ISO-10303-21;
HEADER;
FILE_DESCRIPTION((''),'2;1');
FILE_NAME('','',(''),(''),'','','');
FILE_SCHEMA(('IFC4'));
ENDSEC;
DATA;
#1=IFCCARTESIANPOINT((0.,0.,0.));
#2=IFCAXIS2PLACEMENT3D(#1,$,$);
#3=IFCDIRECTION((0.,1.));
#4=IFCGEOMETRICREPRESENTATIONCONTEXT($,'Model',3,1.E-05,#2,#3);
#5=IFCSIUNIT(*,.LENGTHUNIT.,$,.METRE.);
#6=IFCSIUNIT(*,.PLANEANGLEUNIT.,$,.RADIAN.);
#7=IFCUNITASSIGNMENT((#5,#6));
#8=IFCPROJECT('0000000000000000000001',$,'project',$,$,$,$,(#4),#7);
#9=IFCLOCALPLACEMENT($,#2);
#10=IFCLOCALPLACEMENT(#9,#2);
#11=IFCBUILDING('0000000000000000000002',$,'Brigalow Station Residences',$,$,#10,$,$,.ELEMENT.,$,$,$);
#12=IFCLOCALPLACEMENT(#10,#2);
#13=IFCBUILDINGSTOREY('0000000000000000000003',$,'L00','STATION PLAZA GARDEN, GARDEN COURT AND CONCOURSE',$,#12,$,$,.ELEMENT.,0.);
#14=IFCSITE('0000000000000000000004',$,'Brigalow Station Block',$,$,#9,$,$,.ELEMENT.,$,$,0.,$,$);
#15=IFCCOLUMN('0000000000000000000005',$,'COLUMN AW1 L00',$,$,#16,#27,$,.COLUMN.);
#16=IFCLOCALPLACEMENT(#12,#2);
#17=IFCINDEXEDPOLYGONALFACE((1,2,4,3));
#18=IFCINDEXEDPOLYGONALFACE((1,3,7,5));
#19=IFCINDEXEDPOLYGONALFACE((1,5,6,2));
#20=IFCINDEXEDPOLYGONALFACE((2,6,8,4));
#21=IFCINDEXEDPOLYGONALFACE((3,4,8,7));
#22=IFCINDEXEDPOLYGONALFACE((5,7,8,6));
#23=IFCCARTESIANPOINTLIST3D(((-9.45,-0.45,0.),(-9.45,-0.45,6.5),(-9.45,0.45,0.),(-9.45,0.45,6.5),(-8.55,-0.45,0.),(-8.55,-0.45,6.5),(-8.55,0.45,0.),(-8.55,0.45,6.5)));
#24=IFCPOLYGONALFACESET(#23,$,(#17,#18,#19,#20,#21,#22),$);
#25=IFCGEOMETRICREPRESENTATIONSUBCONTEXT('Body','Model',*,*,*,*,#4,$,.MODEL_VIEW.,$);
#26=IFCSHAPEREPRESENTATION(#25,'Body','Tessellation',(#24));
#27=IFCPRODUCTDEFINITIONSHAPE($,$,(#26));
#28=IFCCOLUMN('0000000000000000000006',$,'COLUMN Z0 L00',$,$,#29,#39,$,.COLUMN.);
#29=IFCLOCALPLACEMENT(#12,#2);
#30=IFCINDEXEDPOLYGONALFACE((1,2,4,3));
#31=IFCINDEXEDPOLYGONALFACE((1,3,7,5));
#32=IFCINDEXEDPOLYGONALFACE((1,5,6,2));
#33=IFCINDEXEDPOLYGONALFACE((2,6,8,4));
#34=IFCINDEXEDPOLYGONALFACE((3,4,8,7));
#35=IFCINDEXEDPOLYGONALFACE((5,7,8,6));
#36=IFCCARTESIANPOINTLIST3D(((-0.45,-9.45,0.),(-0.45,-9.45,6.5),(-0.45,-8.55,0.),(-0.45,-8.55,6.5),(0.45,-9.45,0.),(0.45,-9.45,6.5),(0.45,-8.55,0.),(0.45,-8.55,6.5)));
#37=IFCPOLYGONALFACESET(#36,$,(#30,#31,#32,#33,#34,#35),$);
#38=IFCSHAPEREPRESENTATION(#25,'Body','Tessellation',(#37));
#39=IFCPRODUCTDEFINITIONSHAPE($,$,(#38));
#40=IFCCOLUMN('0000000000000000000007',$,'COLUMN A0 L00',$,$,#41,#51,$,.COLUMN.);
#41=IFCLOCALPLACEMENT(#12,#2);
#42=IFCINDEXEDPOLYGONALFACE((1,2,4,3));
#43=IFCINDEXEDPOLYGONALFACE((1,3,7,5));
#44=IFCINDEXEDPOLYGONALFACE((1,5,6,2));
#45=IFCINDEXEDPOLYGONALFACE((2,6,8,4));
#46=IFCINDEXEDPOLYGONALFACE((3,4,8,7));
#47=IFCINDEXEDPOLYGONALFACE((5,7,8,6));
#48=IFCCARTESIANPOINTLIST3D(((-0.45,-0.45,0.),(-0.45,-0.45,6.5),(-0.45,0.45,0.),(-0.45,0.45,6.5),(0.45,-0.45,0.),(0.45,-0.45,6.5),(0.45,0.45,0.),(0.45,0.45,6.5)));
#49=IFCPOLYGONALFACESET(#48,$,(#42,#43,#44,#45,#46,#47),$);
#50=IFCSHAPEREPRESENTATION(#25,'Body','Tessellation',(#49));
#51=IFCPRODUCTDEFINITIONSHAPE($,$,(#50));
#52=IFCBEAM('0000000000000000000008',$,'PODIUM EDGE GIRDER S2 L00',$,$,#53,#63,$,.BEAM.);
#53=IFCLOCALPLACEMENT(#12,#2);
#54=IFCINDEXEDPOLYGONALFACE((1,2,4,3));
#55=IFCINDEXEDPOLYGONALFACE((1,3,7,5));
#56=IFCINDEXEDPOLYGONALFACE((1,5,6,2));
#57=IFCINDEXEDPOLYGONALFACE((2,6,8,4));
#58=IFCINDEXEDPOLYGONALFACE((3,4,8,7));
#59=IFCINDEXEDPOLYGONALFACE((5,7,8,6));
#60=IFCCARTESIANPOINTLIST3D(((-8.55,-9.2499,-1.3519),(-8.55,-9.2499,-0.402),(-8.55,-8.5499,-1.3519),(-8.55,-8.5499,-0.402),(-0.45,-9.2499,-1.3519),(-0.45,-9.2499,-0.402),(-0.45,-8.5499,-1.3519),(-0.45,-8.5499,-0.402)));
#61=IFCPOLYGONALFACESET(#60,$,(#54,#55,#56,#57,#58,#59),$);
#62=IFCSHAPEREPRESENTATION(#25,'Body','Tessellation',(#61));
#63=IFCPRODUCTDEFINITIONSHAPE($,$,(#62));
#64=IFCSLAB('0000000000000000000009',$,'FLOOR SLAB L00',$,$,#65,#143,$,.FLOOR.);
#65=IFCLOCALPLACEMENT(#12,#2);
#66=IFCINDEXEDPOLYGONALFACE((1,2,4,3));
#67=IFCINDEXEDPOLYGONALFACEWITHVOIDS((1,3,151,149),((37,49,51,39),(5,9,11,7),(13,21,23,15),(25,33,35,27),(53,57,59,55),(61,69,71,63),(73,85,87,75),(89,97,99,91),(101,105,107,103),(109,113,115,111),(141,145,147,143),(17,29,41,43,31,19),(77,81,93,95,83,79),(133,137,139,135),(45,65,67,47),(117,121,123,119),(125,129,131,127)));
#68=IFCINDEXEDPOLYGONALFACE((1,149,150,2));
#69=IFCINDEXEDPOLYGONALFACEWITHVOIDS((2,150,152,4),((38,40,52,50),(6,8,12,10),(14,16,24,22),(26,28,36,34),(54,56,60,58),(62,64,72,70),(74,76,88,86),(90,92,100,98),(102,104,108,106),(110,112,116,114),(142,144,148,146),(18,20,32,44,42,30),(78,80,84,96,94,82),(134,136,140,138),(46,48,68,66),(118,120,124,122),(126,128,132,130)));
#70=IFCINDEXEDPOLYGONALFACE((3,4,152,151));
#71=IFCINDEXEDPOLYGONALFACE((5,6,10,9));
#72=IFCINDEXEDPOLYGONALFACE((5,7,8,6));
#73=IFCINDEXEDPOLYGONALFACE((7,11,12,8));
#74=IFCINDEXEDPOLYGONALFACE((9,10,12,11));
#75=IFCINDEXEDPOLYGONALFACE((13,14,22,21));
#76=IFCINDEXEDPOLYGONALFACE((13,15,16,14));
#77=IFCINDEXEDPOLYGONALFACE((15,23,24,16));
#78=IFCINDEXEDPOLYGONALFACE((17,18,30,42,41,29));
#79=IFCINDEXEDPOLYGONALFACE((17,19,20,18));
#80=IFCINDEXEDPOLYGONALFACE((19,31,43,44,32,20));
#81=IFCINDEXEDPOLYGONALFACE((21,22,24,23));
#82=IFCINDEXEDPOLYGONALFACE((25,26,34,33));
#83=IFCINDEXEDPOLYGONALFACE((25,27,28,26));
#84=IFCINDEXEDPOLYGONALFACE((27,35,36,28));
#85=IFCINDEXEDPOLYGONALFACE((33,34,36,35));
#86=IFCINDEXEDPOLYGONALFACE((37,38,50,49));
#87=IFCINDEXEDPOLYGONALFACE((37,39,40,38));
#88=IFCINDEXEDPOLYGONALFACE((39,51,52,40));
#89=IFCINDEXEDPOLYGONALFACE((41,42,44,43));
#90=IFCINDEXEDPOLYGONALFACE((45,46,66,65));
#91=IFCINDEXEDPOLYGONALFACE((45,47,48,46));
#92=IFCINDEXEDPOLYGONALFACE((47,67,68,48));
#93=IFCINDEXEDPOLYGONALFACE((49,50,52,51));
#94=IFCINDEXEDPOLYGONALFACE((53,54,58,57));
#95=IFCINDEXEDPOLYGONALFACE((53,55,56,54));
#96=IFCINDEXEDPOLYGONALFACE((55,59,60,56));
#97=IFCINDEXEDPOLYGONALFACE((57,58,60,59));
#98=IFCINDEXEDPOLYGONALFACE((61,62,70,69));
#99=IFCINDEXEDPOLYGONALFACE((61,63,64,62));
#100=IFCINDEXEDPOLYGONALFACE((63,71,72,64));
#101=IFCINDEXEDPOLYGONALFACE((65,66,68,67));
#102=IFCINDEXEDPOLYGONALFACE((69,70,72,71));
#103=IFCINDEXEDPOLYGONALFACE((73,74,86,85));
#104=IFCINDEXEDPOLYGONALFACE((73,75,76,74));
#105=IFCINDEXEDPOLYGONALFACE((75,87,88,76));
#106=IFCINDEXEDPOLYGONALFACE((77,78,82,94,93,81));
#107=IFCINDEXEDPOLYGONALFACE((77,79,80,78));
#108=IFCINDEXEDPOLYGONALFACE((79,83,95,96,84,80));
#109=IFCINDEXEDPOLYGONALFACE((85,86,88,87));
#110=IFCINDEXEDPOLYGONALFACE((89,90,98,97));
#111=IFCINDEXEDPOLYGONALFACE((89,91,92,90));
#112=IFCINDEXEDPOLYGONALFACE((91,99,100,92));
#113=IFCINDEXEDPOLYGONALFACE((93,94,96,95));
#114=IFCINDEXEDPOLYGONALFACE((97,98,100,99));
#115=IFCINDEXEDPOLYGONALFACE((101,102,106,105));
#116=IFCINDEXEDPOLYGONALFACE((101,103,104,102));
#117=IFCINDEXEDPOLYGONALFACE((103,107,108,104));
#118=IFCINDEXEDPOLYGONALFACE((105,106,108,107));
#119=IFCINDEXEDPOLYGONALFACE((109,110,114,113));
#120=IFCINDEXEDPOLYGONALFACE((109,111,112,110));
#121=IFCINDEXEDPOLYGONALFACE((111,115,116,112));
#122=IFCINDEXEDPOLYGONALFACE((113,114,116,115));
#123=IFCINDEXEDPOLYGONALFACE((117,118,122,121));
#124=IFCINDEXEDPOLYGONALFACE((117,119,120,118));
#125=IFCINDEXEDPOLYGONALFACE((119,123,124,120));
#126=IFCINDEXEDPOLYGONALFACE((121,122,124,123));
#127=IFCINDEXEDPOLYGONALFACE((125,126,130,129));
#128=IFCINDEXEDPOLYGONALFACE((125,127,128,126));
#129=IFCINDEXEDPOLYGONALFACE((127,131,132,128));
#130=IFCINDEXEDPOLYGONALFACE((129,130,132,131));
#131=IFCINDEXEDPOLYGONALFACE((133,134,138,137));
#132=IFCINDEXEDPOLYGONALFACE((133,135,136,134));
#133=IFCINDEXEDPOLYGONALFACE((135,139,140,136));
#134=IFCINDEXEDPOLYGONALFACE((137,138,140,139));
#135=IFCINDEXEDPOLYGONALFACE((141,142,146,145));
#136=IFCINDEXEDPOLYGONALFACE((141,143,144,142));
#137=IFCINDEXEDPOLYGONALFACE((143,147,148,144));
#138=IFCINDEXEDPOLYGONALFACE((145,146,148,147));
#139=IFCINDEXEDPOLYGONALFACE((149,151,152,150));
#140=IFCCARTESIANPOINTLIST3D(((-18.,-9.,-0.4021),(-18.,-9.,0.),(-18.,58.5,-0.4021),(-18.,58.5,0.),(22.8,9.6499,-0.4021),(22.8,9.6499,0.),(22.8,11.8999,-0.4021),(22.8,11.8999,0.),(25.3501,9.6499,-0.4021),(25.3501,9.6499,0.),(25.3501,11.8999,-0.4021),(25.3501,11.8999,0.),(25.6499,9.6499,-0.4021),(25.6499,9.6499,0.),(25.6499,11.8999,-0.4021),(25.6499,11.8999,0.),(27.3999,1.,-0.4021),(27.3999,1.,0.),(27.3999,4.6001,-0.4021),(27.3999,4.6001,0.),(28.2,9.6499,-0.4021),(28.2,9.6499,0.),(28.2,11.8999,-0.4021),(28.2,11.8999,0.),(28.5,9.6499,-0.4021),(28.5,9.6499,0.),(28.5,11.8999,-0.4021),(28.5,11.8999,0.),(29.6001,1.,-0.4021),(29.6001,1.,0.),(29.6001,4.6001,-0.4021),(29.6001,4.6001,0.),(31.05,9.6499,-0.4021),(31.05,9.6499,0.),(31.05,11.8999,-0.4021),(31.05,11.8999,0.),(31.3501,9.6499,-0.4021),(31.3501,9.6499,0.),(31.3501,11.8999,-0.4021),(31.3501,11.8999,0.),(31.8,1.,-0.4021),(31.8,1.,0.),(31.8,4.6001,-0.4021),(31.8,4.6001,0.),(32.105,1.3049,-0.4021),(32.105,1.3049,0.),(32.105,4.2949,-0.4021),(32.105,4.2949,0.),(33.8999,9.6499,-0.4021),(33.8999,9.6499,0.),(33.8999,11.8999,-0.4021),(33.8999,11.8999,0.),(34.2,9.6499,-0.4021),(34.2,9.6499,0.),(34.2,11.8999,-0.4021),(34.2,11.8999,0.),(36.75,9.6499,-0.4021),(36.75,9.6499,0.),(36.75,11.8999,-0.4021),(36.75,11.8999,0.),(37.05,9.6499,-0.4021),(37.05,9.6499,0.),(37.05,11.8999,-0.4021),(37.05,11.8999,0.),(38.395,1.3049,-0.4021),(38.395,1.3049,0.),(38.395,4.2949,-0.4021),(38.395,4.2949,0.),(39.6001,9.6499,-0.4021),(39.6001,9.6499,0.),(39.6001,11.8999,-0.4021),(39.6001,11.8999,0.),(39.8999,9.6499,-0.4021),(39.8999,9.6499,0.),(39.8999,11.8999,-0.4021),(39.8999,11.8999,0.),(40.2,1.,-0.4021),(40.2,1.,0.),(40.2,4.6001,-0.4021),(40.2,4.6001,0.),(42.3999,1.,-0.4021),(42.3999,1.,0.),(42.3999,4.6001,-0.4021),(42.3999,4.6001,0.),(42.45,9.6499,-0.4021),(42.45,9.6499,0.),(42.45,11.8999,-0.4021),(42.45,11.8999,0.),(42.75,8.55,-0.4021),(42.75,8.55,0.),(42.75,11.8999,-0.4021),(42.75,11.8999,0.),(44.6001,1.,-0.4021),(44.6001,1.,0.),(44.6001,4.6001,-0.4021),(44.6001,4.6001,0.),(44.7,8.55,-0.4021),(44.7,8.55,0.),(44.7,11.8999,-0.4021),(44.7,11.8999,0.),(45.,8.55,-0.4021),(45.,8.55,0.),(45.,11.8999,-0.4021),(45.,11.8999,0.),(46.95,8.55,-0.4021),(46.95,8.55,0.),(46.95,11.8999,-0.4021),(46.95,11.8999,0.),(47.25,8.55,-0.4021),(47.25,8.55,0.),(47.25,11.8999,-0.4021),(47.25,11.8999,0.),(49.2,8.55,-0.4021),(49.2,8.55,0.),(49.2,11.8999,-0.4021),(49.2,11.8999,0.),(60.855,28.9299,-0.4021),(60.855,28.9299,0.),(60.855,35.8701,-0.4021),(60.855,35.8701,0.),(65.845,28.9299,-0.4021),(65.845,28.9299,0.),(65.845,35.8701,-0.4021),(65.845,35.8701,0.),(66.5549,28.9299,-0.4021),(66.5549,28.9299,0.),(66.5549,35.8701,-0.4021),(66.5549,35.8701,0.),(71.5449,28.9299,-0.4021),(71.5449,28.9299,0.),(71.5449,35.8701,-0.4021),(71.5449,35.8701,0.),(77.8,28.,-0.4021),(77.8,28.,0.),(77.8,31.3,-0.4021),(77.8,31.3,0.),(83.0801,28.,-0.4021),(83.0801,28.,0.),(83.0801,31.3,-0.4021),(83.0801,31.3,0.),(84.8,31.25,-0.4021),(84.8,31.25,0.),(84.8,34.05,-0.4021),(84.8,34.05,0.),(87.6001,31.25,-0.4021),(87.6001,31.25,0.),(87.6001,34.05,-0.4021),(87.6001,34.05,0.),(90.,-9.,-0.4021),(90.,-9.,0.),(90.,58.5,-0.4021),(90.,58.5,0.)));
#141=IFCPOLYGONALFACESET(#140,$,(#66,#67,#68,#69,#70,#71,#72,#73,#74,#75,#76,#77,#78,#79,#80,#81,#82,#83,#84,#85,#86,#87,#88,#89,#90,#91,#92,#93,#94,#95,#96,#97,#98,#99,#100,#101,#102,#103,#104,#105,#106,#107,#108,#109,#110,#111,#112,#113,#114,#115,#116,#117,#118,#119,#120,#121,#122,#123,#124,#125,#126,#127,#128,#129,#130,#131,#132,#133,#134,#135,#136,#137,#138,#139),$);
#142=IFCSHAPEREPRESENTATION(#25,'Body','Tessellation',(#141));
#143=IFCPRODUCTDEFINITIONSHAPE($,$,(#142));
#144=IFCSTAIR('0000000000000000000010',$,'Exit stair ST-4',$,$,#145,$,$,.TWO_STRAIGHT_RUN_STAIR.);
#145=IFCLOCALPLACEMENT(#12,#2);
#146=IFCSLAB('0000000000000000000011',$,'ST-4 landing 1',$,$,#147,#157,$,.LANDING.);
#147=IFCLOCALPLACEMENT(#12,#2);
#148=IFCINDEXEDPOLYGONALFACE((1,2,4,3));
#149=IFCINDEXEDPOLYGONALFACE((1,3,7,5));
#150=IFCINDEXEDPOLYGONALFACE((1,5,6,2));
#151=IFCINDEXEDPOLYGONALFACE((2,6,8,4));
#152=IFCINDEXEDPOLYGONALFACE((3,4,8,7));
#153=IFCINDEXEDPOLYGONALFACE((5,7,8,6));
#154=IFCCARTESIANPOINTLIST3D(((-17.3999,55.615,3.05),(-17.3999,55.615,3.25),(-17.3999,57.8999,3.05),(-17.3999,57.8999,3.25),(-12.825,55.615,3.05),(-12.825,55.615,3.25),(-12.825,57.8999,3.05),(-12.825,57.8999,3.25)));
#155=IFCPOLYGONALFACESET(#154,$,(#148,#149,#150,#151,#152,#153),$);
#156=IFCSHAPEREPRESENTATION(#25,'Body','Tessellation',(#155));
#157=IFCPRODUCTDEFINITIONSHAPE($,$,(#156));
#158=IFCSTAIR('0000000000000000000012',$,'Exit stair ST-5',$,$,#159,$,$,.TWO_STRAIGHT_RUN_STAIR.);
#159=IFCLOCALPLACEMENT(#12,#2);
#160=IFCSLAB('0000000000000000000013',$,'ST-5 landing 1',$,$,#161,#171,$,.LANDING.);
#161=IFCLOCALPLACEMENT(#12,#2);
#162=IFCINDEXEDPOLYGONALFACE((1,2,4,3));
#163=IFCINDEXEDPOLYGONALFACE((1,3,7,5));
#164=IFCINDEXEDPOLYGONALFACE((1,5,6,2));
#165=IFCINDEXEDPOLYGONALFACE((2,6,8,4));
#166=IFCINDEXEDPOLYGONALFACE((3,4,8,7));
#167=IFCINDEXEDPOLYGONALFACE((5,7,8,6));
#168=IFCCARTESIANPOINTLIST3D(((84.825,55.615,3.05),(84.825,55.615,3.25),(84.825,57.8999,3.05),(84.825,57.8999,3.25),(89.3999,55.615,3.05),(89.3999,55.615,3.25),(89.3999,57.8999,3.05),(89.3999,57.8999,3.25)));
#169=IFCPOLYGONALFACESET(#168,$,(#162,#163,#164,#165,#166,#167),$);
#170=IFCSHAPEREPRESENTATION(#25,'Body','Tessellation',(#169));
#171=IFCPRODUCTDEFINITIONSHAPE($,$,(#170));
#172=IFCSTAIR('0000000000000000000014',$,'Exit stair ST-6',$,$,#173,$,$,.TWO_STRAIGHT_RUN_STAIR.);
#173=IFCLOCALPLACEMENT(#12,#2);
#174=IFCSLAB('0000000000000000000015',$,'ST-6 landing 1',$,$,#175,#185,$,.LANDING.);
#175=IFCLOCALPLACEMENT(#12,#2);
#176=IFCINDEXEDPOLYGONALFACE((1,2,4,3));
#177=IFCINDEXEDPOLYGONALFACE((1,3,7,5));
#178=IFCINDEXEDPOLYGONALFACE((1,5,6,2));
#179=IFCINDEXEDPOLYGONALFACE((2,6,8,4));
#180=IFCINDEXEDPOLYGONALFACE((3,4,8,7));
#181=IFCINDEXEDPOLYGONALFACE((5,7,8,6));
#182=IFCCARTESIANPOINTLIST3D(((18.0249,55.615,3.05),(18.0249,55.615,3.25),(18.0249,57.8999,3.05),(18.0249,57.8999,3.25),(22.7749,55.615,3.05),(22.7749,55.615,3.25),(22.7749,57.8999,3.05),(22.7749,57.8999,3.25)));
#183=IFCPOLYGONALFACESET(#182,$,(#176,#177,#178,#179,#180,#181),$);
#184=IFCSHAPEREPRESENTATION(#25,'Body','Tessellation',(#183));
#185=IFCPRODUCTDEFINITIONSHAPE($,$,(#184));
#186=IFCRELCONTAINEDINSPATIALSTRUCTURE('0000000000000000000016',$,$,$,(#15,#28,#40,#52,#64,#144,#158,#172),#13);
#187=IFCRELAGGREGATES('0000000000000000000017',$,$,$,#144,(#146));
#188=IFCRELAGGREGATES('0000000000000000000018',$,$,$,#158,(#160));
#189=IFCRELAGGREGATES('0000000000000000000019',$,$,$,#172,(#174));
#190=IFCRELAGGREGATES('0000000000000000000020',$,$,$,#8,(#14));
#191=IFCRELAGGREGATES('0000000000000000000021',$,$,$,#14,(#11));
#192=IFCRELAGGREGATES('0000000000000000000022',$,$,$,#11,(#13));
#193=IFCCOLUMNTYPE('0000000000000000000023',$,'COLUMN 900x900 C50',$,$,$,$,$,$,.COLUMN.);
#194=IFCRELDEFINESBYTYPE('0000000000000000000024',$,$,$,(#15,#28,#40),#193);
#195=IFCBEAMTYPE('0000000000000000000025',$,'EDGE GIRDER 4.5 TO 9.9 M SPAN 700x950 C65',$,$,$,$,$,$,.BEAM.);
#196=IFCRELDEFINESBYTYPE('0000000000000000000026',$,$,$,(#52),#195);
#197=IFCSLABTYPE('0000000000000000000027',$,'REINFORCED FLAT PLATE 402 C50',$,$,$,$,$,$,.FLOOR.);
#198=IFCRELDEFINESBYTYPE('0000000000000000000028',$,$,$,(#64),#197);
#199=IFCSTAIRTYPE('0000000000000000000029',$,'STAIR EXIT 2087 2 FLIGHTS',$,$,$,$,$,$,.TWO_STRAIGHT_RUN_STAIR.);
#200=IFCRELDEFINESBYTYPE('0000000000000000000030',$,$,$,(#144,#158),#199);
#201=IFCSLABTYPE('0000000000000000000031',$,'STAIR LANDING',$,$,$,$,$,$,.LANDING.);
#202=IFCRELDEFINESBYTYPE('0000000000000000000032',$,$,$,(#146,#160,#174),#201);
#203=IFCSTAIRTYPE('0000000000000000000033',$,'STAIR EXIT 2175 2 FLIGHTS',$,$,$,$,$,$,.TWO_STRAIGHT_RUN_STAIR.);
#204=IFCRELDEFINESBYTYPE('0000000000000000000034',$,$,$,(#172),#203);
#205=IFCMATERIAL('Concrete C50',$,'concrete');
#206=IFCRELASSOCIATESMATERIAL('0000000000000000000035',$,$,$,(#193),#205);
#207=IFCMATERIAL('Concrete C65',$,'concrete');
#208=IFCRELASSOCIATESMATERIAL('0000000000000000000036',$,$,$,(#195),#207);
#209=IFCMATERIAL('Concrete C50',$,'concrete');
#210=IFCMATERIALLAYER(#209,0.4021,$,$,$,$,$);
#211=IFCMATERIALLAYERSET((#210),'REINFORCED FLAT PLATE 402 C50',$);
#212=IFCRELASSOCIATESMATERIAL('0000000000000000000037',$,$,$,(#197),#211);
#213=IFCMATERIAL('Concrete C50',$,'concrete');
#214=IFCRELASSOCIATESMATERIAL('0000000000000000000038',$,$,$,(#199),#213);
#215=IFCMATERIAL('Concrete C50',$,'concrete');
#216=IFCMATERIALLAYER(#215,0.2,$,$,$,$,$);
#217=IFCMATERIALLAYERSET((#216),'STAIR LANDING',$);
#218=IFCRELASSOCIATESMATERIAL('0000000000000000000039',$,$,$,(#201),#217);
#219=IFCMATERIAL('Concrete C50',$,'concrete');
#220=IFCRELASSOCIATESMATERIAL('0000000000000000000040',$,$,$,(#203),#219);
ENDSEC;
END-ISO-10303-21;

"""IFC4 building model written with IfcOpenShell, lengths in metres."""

from ifc_helpers import new_model, si_unit, direction, frame, origin, origin_2d, place, context, subcontext, project, spatial, polyline, rectangle, outline, extrude, material, layer, layer_set, material_profile, profile_set, type_object, element, aggregate, save


model = new_model("IFC4")

# Units and contexts
model_context = context("Model", 3, precision=1e-05, world=origin(), true_north=direction((0.0, 1.0)))
body_context = subcontext(model_context, "Body", "Model", "MODEL_VIEW")
ifc_project = project(units=[si_unit("LENGTHUNIT", "METRE"), si_unit("PLANEANGLEUNIT", "RADIAN")], contexts=[model_context])

# Site, building, storey
site_placement = place(None, origin())
site = spatial("IfcSite", under=ifc_project, at=site_placement, Name="Brigalow Station Block", CompositionType="ELEMENT", RefElevation=0.0)
building_placement = place(site_placement, origin())
building = spatial("IfcBuilding", under=site, at=building_placement, Name="Brigalow Station Residences", CompositionType="ELEMENT")
storey_placement = place(building_placement, origin())
storey = spatial("IfcBuildingStorey", under=building, at=storey_placement, Name="L00", Description="STATION PLAZA GARDEN, GARDEN COURT AND CONCOURSE", CompositionType="ELEMENT", Elevation=0.0)

# Columns
ifc_material_1 = material(Name="Concrete C50", Category="concrete")
ifc_material_profile_1 = material_profile(ifc_material_1, rectangle(XDim=0.8999, YDim=0.8999, at=origin_2d()), Name="RC900x900")
ifc_profile_set_1 = profile_set([ifc_material_profile_1], Name="Concrete C50")
column_type = type_object("IfcColumnType", Name="COLUMN 900x900 C50", PredefinedType="COLUMN", material=ifc_profile_set_1)
for number, where, z_axis, x_axis, name in (
    (1, (-9.0, 0.0, 0.0), (0.0, 0.0, 1.0), (1.0, 0.0, 0.0), "COLUMN AW1 L00"),
    (2, (0.0, -9.0, 0.0), (0.0, 0.0, 1.0), (1.0, 0.0, 0.0), "COLUMN Z0 L00"),
    (3, (0.0, 0.0, 0.0), (0.0, 0.0, 1.0), (1.0, 0.0, 0.0), "COLUMN A0 L00"),
):
    element("IfcColumn", number, at=place(storey_placement, frame(where, z_axis=z_axis, x_axis=x_axis)), inside=storey, type_object=column_type, Name=name, PredefinedType="COLUMN", context=body_context, shape_type="SweptSolid", body=[
        extrude(rectangle(XDim=0.8999, YDim=0.8999, at=origin_2d()), origin(), (0.0, 0.0, 1.0), 6.5),
    ])

# Beam
ifc_material_2 = material(Name="Concrete C65", Category="concrete")
ifc_material_profile_2 = material_profile(ifc_material_2, rectangle(XDim=0.7, YDim=0.95, at=origin_2d()), Name="RC700x950")
ifc_profile_set_2 = profile_set([ifc_material_profile_2], Name="Concrete C65")
beam_type = type_object("IfcBeamType", Name="EDGE GIRDER 4.5 TO 9.9 M SPAN 700x950 C65", PredefinedType="BEAM", material=ifc_profile_set_2)
beam_placement = place(storey_placement, frame((-8.55, -8.8999, -0.877), z_axis=(1.0, 0.0, 0.0), x_axis=(0.0, 1.0, 0.0)))
element("IfcBeam", 4, at=beam_placement, inside=storey, type_object=beam_type, Name="PODIUM EDGE GIRDER S2 L00", PredefinedType="BEAM", context=body_context, shape_type="SweptSolid", body=[
    extrude(rectangle(XDim=0.7, YDim=0.95, at=origin_2d()), origin(), (0.0, 0.0, 1.0), 8.1001),
])

# Slab
ifc_material_3 = material(Name="Concrete C50", Category="concrete")
ifc_layer_1 = layer(ifc_material_3, 0.4021)
ifc_layer_set_1 = layer_set([ifc_layer_1], Name="REINFORCED FLAT PLATE 402 C50")
slab_type_1 = type_object("IfcSlabType", Name="REINFORCED FLAT PLATE 402 C50", PredefinedType="FLOOR", material=ifc_layer_set_1)
slab_1_placement = place(storey_placement, frame((0.0, 0.0, -0.4021)))
element("IfcSlab", 5, at=slab_1_placement, inside=storey, type_object=slab_type_1, Name="FLOOR SLAB L00", PredefinedType="FLOOR", context=body_context, shape_type="SweptSolid", body=[
    extrude(outline(polyline([(-18.0, -9.0), (90.0, -9.0), (90.0, 58.5), (-18.0, 58.5), (-18.0, -9.0)]), holes=[polyline([(22.8, 11.8999), (25.3501, 11.8999), (25.3501, 9.6499), (22.8, 9.6499), (22.8, 11.8999)]), polyline([(25.6499, 11.8999), (28.2, 11.8999), (28.2, 9.6499), (25.6499, 9.6499), (25.6499, 11.8999)]), polyline([(28.5, 11.8999), (31.05, 11.8999), (31.05, 9.6499), (28.5, 9.6499), (28.5, 11.8999)]), polyline([(29.6001, 1.0), (27.3999, 1.0), (27.3999, 4.6001), (29.6001, 4.6001), (31.8, 4.6001), (31.8, 1.0), (29.6001, 1.0)]), polyline([(31.3501, 11.8999), (33.8999, 11.8999), (33.8999, 9.6499), (31.3501, 9.6499), (31.3501, 11.8999)]), polyline([(32.105, 4.2949), (38.395, 4.2949), (38.395, 1.3049), (32.105, 1.3049), (32.105, 4.2949)]), polyline([(36.75, 11.8999), (36.75, 9.6499), (34.2, 9.6499), (34.2, 11.8999), (36.75, 11.8999)]), polyline([(39.6001, 11.8999), (39.6001, 9.6499), (37.05, 9.6499), (37.05, 11.8999), (39.6001, 11.8999)]), polyline([(39.8999, 11.8999), (42.45, 11.8999), (42.45, 9.6499), (39.8999, 9.6499), (39.8999, 11.8999)]), polyline([(42.3999, 1.0), (40.2, 1.0), (40.2, 4.6001), (42.3999, 4.6001), (44.6001, 4.6001), (44.6001, 1.0), (42.3999, 1.0)]), polyline([(44.7, 11.8999), (44.7, 8.55), (42.75, 8.55), (42.75, 11.8999), (44.7, 11.8999)]), polyline([(46.95, 11.8999), (46.95, 8.55), (45.0, 8.55), (45.0, 11.8999), (46.95, 11.8999)]), polyline([(47.25, 11.8999), (49.2, 11.8999), (49.2, 8.55), (47.25, 8.55), (47.25, 11.8999)]), polyline([(60.855, 35.8701), (65.845, 35.8701), (65.845, 28.9299), (60.855, 28.9299), (60.855, 35.8701)]), polyline([(71.5449, 35.8701), (71.5449, 28.9299), (66.5549, 28.9299), (66.5549, 35.8701), (71.5449, 35.8701)]), polyline([(77.8, 31.3), (83.0801, 31.3), (83.0801, 28.0), (77.8, 28.0), (77.8, 31.3)]), polyline([(87.6001, 34.05), (87.6001, 31.25), (84.8, 31.25), (84.8, 34.05), (87.6001, 34.05)])]), origin(), (0.0, 0.0, 1.0), 0.4021),
])

# Stairs, slabs
ifc_material_4 = material(Name="Concrete C50", Category="concrete")
stair_type_1 = type_object("IfcStairType", Name="STAIR EXIT 2087 2 FLIGHTS", PredefinedType="TWO_STRAIGHT_RUN_STAIR", material=ifc_material_4)
stair_1_placement = place(storey_placement, origin())
stair_1 = element("IfcStair", 6, at=stair_1_placement, inside=storey, type_object=stair_type_1, Name="Exit stair ST-4", PredefinedType="TWO_STRAIGHT_RUN_STAIR")
ifc_material_5 = material(Name="Concrete C50", Category="concrete")
ifc_layer_2 = layer(ifc_material_5, 0.2)
ifc_layer_set_2 = layer_set([ifc_layer_2], Name="STAIR LANDING")
slab_type_2 = type_object("IfcSlabType", Name="STAIR LANDING", PredefinedType="LANDING", material=ifc_layer_set_2)
slab_2_placement = place(storey_placement, frame((0.0, 0.0, 3.05)))
slab_2 = element("IfcSlab", 7, at=slab_2_placement, type_object=slab_type_2, Name="ST-4 landing 1", PredefinedType="LANDING", context=body_context, shape_type="SweptSolid", body=[
    extrude(outline(polyline([(-17.3999, 55.615), (-12.825, 55.615), (-12.825, 57.8999), (-17.3999, 57.8999), (-17.3999, 55.615)])), origin(), (0.0, 0.0, 1.0), 0.2),
])
aggregate(stair_1, [slab_2])
stair_2_placement = place(storey_placement, origin())
stair_2 = element("IfcStair", 8, at=stair_2_placement, inside=storey, type_object=stair_type_1, Name="Exit stair ST-5", PredefinedType="TWO_STRAIGHT_RUN_STAIR")
slab_3_placement = place(storey_placement, frame((0.0, 0.0, 3.05)))
slab_3 = element("IfcSlab", 9, at=slab_3_placement, type_object=slab_type_2, Name="ST-5 landing 1", PredefinedType="LANDING", context=body_context, shape_type="SweptSolid", body=[
    extrude(outline(polyline([(84.825, 55.615), (89.3999, 55.615), (89.3999, 57.8999), (84.825, 57.8999), (84.825, 55.615)])), origin(), (0.0, 0.0, 1.0), 0.2),
])
aggregate(stair_2, [slab_3])
ifc_material_6 = material(Name="Concrete C50", Category="concrete")
stair_type_2 = type_object("IfcStairType", Name="STAIR EXIT 2175 2 FLIGHTS", PredefinedType="TWO_STRAIGHT_RUN_STAIR", material=ifc_material_6)
stair_3_placement = place(storey_placement, origin())
stair_3 = element("IfcStair", 10, at=stair_3_placement, inside=storey, type_object=stair_type_2, Name="Exit stair ST-6", PredefinedType="TWO_STRAIGHT_RUN_STAIR")
slab_4_placement = place(storey_placement, frame((0.0, 0.0, 3.05)))
slab_4 = element("IfcSlab", 11, at=slab_4_placement, type_object=slab_type_2, Name="ST-6 landing 1", PredefinedType="LANDING", context=body_context, shape_type="SweptSolid", body=[
    extrude(outline(polyline([(18.0249, 55.615), (22.7749, 55.615), (22.7749, 57.8999), (18.0249, 57.8999), (18.0249, 55.615)])), origin(), (0.0, 0.0, 1.0), 0.2),
])
aggregate(stair_3, [slab_4])

save(model, "model.ifc")
